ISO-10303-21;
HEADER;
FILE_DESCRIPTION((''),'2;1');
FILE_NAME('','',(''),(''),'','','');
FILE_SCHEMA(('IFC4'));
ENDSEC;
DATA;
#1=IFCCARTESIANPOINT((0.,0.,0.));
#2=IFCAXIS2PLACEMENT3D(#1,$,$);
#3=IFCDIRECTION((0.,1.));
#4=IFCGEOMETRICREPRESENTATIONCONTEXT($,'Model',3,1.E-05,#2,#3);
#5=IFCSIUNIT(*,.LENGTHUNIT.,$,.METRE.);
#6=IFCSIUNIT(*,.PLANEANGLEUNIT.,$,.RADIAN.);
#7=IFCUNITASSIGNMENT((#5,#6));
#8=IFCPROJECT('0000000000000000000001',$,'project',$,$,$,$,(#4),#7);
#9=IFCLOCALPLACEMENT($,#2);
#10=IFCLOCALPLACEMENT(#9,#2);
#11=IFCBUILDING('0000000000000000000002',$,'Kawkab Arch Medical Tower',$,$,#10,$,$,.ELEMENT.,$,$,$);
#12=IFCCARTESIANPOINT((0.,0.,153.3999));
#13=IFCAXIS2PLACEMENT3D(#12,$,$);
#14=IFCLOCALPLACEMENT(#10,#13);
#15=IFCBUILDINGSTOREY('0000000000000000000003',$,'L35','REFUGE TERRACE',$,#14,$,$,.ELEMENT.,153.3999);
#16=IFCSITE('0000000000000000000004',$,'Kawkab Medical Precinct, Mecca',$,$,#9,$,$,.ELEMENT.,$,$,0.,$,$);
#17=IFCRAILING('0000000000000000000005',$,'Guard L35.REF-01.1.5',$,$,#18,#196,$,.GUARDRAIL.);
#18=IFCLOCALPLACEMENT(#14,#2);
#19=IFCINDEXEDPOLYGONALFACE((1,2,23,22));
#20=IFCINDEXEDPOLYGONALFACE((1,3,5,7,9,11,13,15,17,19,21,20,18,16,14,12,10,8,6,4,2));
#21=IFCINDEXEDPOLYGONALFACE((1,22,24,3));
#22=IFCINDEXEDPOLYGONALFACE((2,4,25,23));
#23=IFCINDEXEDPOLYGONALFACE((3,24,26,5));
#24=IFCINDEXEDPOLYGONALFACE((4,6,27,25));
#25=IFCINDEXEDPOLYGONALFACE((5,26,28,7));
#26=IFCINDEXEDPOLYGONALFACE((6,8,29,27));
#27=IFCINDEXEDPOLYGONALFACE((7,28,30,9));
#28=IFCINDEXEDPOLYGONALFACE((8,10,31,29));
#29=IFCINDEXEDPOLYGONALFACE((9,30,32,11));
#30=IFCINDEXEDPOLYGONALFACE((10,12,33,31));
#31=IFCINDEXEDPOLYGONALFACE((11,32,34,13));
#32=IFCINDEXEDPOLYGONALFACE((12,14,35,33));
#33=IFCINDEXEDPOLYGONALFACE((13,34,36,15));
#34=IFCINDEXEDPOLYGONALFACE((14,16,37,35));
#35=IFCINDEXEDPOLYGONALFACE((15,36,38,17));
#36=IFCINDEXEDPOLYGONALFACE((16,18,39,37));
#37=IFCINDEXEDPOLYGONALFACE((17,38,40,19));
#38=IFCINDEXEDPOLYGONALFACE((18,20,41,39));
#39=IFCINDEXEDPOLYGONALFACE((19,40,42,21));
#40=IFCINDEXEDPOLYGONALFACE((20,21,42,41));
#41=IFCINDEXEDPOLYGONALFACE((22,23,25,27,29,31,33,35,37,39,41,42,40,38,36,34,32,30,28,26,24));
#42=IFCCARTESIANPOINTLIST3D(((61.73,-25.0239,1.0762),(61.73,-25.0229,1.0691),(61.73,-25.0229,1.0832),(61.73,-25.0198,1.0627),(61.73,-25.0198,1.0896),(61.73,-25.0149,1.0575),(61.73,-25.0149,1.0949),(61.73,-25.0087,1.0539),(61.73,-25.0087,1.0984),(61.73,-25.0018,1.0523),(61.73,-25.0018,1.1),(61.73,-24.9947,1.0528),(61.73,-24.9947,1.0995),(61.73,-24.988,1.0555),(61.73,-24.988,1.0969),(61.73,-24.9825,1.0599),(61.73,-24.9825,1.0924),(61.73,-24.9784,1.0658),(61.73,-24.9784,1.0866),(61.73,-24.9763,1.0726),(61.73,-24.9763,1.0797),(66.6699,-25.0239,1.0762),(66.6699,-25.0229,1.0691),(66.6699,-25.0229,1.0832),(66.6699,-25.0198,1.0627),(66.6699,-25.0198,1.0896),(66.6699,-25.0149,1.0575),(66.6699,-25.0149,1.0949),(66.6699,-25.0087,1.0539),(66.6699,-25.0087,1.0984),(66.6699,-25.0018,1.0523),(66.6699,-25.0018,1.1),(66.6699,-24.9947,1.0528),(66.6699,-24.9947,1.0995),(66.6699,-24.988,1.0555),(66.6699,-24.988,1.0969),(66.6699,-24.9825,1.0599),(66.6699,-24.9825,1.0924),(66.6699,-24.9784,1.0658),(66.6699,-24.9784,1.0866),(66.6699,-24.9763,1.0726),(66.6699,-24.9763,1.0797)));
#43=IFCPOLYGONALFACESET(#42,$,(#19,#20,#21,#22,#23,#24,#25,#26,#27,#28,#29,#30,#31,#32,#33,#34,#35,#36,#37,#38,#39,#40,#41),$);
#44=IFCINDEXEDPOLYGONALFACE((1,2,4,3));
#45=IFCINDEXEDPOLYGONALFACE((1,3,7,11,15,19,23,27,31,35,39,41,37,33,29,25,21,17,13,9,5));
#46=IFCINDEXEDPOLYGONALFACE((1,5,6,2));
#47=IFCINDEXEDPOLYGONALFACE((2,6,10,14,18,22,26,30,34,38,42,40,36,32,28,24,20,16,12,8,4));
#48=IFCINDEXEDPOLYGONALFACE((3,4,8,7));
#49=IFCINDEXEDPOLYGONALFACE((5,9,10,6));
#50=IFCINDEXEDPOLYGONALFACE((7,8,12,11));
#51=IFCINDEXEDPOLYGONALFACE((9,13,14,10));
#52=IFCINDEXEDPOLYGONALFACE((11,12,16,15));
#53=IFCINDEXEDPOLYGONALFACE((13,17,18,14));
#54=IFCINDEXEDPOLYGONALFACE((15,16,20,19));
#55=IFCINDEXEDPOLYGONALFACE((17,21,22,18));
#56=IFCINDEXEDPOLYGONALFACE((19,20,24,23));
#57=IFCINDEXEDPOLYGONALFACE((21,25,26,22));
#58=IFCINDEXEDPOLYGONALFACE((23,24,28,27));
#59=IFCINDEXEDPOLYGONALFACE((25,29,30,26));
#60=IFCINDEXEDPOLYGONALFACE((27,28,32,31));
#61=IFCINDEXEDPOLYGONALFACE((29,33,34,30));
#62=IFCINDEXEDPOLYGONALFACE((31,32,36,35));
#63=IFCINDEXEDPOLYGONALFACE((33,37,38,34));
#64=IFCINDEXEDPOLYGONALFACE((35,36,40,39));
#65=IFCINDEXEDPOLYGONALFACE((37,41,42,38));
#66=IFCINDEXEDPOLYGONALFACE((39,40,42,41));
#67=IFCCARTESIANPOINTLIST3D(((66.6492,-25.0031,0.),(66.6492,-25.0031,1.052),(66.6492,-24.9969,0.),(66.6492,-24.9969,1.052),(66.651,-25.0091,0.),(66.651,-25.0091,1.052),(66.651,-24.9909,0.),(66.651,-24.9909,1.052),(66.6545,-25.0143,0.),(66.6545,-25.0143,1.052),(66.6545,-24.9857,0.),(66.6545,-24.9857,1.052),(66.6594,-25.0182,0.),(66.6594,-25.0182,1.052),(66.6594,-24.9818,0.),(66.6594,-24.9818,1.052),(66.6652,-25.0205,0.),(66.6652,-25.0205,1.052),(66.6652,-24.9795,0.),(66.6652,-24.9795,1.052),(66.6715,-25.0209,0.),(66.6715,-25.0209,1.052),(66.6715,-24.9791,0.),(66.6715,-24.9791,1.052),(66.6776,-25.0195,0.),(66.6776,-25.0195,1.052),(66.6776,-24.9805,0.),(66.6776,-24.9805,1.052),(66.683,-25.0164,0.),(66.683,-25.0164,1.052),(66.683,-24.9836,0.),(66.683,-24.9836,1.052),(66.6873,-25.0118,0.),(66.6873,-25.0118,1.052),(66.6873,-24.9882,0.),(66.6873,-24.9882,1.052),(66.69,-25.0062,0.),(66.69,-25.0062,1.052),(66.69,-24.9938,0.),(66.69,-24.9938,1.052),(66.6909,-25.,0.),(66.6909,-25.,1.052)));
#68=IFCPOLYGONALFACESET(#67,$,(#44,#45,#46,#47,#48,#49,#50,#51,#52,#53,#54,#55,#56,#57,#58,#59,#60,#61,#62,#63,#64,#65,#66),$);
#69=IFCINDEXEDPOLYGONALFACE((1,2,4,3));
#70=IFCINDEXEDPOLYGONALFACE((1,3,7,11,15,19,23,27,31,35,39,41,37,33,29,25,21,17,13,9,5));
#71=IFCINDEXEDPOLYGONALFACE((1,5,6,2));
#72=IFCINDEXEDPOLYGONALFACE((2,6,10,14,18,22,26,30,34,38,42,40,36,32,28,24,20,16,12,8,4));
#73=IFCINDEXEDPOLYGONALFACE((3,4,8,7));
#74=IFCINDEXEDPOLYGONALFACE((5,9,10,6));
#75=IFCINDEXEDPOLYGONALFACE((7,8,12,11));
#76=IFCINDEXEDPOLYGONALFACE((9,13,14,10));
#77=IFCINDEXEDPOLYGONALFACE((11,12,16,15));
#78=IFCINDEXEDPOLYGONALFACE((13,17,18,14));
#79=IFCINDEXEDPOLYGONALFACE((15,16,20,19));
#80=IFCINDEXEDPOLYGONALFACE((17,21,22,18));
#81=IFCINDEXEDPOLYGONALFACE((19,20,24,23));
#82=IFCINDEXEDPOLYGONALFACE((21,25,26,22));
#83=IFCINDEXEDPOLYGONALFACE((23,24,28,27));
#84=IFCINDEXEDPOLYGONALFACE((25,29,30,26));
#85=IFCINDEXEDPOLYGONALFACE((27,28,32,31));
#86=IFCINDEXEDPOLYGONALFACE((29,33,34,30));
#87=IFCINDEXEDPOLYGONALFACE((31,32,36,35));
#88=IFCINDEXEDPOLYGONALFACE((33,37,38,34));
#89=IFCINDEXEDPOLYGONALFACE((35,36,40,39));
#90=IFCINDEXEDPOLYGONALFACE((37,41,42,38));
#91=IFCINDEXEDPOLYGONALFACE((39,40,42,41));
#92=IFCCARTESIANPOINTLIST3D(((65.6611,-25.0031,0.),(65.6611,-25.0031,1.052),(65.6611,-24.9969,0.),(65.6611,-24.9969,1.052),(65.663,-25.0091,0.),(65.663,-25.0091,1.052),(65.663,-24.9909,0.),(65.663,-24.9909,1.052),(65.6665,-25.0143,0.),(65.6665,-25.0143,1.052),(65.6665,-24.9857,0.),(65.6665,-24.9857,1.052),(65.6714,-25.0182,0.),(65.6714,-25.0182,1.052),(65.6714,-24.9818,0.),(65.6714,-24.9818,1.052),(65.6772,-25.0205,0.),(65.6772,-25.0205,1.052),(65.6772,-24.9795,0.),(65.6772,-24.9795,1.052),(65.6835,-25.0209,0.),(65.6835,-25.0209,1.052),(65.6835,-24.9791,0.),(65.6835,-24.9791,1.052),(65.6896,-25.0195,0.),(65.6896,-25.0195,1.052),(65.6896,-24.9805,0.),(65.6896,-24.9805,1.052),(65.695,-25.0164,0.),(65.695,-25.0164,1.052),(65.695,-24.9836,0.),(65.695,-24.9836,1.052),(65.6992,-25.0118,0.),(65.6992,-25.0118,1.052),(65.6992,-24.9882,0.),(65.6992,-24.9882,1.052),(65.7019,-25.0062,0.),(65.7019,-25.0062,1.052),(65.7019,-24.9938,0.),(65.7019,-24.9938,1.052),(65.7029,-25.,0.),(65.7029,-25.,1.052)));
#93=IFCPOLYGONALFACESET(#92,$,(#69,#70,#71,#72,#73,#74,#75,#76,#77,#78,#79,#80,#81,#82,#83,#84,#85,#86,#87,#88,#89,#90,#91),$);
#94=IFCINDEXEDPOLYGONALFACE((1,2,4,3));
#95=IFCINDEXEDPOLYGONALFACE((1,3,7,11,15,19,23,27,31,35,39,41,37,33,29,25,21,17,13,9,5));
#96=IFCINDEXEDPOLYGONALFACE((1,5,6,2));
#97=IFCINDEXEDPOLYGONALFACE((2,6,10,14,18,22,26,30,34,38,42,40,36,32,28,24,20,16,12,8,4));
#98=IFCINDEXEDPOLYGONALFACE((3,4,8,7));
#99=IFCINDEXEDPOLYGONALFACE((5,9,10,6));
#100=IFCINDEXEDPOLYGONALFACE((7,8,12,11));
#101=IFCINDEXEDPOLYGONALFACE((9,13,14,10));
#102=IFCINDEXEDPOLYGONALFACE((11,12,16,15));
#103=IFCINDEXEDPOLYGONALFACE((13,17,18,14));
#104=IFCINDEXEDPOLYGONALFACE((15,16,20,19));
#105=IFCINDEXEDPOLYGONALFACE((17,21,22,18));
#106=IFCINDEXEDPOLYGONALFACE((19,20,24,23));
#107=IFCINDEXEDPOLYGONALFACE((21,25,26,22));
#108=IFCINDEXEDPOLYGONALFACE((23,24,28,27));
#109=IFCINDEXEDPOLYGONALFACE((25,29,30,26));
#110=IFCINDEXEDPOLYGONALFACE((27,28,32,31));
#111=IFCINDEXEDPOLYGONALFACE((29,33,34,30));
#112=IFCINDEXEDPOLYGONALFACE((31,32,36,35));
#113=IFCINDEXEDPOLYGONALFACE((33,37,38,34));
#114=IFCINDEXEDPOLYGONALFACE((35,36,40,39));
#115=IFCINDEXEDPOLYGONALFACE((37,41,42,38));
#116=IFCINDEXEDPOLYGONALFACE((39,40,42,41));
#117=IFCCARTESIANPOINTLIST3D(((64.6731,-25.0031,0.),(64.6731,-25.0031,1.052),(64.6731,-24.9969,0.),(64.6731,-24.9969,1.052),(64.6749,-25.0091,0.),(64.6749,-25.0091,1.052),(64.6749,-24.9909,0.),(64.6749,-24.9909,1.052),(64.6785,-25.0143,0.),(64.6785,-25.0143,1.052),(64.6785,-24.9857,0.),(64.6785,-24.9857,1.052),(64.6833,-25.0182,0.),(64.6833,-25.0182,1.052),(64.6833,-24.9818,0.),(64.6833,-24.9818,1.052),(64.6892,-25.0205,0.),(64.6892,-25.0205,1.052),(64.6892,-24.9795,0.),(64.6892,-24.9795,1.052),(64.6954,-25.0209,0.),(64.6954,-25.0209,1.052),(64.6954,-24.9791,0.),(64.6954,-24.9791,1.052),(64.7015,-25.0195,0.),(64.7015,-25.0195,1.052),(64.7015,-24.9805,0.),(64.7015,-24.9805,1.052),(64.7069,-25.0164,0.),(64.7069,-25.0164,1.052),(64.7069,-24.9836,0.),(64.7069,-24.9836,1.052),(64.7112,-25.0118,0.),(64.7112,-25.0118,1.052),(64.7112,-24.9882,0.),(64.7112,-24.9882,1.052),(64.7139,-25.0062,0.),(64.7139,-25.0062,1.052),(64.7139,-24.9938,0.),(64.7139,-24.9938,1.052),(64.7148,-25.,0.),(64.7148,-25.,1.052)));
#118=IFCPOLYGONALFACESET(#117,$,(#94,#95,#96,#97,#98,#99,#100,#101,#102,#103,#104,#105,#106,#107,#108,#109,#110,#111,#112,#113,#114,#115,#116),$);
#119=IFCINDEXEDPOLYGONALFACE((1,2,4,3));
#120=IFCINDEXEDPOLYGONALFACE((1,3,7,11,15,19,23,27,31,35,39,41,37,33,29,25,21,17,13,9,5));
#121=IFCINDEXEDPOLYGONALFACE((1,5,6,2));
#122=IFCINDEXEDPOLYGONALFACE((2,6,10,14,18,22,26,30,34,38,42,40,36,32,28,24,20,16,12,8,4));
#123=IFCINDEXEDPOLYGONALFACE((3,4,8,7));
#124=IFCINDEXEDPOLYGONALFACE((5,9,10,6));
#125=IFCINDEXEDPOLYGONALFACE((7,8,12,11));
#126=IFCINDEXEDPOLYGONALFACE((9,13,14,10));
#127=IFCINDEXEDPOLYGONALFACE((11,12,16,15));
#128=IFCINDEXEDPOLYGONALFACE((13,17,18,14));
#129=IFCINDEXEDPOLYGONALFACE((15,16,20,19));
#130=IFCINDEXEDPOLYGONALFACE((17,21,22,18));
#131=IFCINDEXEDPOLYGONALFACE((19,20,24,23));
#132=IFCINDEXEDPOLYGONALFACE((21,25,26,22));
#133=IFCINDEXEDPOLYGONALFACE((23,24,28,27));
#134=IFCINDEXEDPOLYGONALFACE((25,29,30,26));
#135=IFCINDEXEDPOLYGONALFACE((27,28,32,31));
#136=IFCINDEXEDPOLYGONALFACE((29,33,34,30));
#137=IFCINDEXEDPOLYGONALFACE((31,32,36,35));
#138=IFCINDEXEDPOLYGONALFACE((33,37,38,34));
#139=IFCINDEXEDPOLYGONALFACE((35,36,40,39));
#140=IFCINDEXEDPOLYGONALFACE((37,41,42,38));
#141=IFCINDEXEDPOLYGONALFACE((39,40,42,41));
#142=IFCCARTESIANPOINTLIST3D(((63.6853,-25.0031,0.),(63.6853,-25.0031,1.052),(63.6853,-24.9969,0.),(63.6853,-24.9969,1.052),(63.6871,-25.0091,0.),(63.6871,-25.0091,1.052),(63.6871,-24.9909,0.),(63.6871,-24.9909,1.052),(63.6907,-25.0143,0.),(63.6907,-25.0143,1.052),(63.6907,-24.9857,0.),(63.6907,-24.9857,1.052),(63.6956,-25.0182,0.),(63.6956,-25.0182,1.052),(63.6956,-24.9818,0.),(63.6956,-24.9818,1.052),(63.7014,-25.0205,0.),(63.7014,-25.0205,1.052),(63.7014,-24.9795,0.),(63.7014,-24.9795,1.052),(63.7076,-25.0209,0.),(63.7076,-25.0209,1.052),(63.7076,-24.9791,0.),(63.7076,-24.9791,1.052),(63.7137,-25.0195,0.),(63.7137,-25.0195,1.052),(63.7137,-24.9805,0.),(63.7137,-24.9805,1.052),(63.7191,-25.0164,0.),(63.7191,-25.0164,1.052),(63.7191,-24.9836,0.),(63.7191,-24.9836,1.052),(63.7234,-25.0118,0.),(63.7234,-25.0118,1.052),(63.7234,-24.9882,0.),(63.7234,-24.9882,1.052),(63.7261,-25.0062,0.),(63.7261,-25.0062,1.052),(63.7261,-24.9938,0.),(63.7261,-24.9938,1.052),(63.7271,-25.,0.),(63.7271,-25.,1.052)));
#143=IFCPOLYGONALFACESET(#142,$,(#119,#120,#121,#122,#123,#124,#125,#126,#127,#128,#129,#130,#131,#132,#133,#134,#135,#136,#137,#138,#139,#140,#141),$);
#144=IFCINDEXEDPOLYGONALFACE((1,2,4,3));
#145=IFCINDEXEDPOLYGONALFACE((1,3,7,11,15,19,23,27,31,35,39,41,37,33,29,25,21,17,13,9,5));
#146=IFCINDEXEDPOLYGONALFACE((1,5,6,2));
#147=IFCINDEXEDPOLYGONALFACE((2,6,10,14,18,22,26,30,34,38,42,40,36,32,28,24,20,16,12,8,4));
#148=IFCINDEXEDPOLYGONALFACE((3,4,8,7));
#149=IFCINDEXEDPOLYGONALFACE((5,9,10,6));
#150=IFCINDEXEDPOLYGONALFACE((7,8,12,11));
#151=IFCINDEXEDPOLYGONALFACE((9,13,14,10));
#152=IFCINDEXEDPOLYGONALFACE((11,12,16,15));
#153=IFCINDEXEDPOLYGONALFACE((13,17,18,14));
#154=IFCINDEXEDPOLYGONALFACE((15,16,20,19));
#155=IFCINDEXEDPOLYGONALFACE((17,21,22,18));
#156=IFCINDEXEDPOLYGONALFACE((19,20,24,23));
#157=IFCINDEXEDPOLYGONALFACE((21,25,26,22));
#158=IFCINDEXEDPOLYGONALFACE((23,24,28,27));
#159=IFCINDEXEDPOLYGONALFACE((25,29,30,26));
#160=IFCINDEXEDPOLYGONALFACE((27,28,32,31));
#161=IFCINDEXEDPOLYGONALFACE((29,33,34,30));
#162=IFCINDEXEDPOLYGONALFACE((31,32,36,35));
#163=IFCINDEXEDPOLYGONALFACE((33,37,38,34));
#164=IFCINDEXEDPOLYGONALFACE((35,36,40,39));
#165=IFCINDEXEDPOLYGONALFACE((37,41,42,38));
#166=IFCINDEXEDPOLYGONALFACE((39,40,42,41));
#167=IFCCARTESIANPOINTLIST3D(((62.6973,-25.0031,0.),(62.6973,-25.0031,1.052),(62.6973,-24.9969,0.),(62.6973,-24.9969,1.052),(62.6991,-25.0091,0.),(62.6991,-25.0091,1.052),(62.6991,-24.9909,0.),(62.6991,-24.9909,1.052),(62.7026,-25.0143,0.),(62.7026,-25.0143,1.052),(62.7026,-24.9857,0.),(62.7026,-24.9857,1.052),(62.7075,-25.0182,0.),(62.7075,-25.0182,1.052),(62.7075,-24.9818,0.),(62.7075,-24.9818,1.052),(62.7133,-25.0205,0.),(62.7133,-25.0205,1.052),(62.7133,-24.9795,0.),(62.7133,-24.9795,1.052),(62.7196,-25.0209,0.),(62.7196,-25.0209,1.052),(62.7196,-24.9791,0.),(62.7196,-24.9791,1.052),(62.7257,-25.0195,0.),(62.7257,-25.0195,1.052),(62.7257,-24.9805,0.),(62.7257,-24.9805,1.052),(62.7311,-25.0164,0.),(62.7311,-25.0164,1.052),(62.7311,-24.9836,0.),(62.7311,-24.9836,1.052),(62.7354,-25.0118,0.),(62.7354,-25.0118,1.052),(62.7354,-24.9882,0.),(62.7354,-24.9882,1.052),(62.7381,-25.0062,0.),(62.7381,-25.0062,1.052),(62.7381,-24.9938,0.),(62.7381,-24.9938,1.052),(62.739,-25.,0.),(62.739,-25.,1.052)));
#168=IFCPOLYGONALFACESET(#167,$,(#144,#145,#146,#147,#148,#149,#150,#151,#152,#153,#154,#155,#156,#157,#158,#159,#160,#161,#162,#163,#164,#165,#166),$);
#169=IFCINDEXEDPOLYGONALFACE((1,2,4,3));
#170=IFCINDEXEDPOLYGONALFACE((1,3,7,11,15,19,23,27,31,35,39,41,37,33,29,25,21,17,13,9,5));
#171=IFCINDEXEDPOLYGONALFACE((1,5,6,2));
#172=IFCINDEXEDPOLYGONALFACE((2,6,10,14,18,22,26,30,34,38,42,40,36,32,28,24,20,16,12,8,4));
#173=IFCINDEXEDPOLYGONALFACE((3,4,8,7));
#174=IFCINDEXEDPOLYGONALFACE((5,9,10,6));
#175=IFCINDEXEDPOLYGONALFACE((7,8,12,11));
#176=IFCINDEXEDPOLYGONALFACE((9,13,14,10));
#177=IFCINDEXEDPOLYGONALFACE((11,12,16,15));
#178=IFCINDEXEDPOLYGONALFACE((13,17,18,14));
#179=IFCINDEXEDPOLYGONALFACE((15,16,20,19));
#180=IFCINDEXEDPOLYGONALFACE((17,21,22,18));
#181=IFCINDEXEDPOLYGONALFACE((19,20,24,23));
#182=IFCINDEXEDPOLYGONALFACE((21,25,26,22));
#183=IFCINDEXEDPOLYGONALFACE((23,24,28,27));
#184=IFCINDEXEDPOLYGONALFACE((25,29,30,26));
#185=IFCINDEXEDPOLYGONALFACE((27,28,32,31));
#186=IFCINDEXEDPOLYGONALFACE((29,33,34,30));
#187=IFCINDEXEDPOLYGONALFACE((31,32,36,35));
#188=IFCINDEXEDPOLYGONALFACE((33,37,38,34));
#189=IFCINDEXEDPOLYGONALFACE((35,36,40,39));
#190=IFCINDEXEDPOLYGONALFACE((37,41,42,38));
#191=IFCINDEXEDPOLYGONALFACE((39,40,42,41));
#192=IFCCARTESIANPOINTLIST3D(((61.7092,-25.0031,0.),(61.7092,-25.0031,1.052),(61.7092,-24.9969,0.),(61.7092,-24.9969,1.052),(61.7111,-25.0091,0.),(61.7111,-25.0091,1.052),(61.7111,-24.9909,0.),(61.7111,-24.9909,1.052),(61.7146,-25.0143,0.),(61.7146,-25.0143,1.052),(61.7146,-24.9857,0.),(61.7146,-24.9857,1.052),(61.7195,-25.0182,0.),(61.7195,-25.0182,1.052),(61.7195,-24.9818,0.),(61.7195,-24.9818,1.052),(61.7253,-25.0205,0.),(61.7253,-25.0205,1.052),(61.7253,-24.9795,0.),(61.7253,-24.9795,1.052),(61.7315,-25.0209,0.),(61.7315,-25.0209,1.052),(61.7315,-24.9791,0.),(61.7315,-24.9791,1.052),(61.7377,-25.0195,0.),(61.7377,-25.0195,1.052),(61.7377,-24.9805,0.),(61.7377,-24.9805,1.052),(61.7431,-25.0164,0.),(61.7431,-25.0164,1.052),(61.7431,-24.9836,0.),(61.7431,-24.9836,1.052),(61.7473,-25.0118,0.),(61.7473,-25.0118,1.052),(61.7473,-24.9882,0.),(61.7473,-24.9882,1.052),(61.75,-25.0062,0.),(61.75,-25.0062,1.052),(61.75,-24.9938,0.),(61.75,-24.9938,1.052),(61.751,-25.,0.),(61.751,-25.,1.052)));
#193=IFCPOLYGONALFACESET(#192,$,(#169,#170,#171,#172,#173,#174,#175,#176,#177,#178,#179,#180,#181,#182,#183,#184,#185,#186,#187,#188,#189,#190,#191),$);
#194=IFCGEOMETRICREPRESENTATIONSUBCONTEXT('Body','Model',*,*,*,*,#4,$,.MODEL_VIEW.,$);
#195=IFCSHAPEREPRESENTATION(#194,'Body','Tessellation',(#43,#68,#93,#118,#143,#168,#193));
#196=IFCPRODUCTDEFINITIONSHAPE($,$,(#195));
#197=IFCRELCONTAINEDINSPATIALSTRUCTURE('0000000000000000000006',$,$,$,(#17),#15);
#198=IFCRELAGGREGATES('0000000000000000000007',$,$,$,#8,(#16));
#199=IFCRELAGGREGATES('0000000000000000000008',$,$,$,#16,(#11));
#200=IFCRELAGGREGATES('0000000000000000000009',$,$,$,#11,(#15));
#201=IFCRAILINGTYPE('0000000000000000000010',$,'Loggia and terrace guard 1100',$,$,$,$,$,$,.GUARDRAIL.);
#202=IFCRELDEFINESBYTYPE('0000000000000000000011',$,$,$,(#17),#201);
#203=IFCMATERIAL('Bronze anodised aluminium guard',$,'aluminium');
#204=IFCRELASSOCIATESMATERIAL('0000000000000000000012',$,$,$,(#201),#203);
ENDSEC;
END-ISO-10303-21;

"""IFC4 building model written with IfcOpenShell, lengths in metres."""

from ifc_helpers import new_model, si_unit, direction, frame, origin, origin_2d, place, context, subcontext, project, spatial, circle, extrude, material, type_object, element, save


model = new_model("IFC4")

# Units and contexts
model_context = context("Model", 3, precision=1e-05, world=origin(), true_north=direction((0.0, 1.0)))
body_context = subcontext(model_context, "Body", "Model", "MODEL_VIEW")
ifc_project = project(units=[si_unit("LENGTHUNIT", "METRE"), si_unit("PLANEANGLEUNIT", "RADIAN")], contexts=[model_context])

# Site, building, storey
site_placement = place(None, origin())
site = spatial("IfcSite", under=ifc_project, at=site_placement, Name="Kawkab Medical Precinct, Mecca", CompositionType="ELEMENT", RefElevation=0.0)
building_placement = place(site_placement, origin())
building = spatial("IfcBuilding", under=site, at=building_placement, Name="Kawkab Arch Medical Tower", CompositionType="ELEMENT")
storey_placement = place(building_placement, frame((0.0, 0.0, 153.3999)))
storey = spatial("IfcBuildingStorey", under=building, at=storey_placement, Name="L35", Description="REFUGE TERRACE", CompositionType="ELEMENT", Elevation=153.3999)

# Railing
ifc_material_1 = material(Name="Bronze anodised aluminium guard", Category="aluminium")
railing_type = type_object("IfcRailingType", Name="Loggia and terrace guard 1100", PredefinedType="GUARDRAIL", material=ifc_material_1)
railing_1_placement = place(storey_placement, frame((66.6699, -25.0, 0.0)))
element("IfcRailing", 1, at=railing_1_placement, inside=storey, type_object=railing_type, Name="Guard L35.REF-01.1.5", PredefinedType="GUARDRAIL", context=body_context, shape_type="SweptSolid", body=[
    extrude(circle(Radius=0.0239, at=origin_2d()), frame((0.0, 0.0, 1.0762), z_axis=(-1.0, 0.0, 0.0), x_axis=(0.0, -1.0, 0.0)), (0.0, 0.0, 1.0), 4.9399),
    extrude(circle(Radius=0.021, at=origin_2d()), origin(), (0.0, 0.0, 1.0), 1.052),
    extrude(circle(Radius=0.021, at=origin_2d()), frame((-0.988, 0.0, 0.0)), (0.0, 0.0, 1.0), 1.052),
    extrude(circle(Radius=0.021, at=origin_2d()), frame((-1.9761, 0.0, 0.0)), (0.0, 0.0, 1.0), 1.052),
    extrude(circle(Radius=0.021, at=origin_2d()), frame((-2.9639, 0.0, 0.0)), (0.0, 0.0, 1.0), 1.052),
    extrude(circle(Radius=0.021, at=origin_2d()), frame((-3.9519, 0.0, 0.0)), (0.0, 0.0, 1.0), 1.052),
    extrude(circle(Radius=0.021, at=origin_2d()), frame((-4.9399, 0.0, 0.0)), (0.0, 0.0, 1.0), 1.052),
])

save(model, "model.ifc")
